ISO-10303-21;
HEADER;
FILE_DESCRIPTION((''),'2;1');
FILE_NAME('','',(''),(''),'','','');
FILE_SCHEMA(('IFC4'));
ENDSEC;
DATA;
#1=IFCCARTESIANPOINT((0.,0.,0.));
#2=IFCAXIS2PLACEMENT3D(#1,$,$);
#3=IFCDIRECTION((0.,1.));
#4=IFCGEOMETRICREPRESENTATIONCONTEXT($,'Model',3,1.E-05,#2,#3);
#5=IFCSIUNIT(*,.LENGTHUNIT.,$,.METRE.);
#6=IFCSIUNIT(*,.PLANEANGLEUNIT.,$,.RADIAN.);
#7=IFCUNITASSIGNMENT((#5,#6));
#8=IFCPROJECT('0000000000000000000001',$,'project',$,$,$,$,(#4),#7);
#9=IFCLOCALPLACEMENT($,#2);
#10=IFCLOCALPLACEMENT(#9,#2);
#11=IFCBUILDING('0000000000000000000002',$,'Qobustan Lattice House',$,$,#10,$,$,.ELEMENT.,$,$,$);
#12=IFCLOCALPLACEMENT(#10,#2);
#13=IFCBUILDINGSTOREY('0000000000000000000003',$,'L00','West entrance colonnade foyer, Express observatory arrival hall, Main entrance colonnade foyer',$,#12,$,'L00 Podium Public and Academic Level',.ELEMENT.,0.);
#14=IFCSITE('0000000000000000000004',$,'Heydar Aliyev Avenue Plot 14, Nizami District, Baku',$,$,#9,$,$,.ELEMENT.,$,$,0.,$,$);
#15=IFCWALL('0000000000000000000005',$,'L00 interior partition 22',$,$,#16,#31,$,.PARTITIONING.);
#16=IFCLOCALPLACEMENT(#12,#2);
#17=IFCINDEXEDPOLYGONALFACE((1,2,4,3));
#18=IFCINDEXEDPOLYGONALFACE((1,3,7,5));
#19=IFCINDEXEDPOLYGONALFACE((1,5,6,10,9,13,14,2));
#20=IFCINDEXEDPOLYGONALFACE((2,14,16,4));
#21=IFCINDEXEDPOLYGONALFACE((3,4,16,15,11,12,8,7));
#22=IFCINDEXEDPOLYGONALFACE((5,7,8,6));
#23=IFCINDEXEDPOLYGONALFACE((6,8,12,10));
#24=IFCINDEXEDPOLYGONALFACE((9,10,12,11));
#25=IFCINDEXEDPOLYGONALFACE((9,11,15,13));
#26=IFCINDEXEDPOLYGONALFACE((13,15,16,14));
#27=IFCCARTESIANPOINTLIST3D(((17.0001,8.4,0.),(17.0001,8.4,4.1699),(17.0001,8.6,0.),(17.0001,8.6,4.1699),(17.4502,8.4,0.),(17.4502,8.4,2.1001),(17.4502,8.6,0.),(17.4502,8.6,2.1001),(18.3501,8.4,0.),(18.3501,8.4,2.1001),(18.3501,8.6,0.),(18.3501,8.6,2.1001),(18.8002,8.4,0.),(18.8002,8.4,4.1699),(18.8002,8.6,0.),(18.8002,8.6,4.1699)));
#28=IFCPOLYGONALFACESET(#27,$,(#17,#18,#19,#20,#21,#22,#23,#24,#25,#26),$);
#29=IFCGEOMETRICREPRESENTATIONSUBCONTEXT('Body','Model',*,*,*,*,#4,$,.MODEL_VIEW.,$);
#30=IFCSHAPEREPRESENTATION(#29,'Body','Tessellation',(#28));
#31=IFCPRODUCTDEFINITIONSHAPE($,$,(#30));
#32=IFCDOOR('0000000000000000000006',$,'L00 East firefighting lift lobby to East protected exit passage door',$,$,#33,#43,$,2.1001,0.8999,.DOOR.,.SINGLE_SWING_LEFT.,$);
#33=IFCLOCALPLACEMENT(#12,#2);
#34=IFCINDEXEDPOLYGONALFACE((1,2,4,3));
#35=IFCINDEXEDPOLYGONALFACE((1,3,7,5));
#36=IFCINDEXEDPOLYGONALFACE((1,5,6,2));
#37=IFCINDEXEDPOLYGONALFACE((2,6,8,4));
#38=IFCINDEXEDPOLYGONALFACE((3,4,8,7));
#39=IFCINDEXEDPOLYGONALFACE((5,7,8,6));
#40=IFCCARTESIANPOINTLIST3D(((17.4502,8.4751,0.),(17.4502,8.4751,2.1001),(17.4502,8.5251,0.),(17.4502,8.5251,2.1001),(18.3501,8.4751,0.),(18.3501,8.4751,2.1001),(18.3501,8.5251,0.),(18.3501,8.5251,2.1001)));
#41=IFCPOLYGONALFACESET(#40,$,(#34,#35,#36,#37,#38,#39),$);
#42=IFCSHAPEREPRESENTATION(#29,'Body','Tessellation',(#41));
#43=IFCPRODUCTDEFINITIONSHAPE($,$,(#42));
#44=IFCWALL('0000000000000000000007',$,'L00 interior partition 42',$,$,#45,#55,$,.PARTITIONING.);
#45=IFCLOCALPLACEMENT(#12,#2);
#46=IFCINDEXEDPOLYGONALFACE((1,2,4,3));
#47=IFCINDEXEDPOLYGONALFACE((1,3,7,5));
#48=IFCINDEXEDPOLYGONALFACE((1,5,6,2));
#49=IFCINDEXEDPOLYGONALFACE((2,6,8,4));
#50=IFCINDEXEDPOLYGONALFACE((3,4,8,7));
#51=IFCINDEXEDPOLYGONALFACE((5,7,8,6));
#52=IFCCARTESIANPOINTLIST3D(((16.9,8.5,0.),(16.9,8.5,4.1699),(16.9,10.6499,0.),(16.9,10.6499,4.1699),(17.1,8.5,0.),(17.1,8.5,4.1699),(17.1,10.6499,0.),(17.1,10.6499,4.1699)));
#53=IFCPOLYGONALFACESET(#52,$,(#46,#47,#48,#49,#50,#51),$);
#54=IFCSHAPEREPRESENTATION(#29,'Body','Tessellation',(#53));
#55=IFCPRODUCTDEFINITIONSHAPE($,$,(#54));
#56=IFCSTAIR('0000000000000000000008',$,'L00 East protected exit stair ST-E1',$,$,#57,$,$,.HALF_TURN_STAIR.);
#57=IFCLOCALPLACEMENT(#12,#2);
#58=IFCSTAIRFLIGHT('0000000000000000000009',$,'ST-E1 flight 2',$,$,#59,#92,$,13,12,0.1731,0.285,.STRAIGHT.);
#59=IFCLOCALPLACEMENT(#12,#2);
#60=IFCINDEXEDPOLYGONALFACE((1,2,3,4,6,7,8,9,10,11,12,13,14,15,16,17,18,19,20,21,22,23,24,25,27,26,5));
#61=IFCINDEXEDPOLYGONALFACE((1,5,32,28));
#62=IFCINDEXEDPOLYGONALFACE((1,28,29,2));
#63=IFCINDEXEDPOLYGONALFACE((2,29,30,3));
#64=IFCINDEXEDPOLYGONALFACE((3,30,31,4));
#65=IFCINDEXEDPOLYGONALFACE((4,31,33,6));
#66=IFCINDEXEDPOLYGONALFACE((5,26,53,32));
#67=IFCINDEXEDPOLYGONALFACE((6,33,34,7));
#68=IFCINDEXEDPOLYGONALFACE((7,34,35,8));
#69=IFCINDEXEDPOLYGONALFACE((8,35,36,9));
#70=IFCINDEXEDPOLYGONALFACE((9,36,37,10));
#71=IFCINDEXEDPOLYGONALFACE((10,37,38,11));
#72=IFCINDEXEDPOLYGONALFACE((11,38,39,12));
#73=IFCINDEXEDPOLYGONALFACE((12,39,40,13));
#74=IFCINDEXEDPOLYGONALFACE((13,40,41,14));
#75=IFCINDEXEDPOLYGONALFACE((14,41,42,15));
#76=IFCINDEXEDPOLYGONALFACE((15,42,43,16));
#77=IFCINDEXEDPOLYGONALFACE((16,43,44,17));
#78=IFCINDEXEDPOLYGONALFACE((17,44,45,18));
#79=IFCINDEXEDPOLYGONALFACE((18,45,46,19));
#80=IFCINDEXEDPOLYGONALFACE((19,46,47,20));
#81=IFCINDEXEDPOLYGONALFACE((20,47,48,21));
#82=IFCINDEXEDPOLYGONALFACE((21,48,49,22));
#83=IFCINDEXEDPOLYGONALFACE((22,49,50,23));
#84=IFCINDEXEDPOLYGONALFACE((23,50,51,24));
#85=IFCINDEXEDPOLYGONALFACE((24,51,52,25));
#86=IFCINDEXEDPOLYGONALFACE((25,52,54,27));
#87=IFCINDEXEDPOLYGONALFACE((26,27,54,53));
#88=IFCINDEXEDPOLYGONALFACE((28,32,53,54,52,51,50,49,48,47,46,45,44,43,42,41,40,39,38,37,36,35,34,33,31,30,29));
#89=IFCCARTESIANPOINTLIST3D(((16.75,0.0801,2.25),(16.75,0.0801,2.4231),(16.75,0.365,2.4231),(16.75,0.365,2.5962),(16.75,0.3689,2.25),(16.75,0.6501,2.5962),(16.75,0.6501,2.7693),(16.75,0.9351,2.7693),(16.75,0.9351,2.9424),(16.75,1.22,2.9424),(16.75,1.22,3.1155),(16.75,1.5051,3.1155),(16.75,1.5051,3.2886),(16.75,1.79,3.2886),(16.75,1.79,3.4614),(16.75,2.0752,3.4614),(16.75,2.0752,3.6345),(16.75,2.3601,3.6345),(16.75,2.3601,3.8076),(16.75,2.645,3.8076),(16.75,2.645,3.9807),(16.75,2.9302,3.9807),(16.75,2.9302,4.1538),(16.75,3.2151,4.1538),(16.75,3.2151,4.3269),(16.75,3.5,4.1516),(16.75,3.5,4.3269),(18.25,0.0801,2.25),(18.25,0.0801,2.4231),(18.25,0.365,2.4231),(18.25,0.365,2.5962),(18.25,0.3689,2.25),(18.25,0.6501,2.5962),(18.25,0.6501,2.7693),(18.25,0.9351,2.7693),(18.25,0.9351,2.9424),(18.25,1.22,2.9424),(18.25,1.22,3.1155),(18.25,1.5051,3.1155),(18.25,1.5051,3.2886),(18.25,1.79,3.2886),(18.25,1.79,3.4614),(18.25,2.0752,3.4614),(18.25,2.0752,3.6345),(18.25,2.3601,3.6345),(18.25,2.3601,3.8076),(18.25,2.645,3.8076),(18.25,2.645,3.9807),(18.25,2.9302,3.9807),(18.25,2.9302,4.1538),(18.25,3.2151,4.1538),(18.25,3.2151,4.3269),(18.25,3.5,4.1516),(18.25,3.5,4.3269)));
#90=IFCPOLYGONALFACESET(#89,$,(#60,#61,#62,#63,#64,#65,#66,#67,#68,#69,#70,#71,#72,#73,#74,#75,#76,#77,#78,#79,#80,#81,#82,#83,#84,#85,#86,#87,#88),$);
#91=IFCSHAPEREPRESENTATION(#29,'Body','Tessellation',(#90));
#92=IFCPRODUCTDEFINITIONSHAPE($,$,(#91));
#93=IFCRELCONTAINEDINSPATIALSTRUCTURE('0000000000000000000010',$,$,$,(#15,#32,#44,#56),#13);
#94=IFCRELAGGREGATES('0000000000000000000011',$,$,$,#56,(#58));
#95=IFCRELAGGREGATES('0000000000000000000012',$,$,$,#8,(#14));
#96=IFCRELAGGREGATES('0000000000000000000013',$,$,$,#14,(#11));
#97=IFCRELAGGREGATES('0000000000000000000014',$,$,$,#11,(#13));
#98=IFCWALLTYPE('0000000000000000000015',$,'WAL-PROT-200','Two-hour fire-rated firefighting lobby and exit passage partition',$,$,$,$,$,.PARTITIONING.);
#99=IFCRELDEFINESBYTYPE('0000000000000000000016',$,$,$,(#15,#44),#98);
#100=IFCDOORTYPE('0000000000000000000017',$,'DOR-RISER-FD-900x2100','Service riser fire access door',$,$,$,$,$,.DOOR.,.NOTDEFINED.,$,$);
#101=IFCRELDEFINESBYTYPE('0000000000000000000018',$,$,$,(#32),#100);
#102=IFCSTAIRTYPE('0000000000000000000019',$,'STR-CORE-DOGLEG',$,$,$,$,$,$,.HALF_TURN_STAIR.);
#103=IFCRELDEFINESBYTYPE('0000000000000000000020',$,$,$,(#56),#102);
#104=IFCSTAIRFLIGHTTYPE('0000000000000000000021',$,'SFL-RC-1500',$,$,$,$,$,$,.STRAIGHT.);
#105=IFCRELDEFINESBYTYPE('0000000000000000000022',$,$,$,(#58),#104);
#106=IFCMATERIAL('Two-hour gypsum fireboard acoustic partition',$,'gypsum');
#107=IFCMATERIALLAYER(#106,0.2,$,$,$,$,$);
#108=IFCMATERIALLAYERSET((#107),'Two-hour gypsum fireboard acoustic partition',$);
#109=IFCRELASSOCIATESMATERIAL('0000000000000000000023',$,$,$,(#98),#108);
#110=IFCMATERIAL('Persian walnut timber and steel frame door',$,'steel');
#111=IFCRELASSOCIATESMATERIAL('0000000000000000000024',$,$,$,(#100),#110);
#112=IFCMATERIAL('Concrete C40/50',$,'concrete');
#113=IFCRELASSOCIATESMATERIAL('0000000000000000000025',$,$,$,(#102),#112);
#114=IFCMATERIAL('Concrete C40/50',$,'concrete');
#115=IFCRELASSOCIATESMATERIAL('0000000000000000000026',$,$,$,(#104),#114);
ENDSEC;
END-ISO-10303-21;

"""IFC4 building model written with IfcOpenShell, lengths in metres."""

from ifc_helpers import new_model, si_unit, direction, frame, frame_2d, origin, place, context, subcontext, project, spatial, polyline, rectangle, outline, extrude, material, layer, layer_set, type_object, element, fill, aggregate, save


model = new_model("IFC4")

# Units and contexts
model_context = context("Model", 3, precision=1e-05, world=origin(), true_north=direction((0.0, 1.0)))
body_context = subcontext(model_context, "Body", "Model", "MODEL_VIEW")
ifc_project = project(units=[si_unit("LENGTHUNIT", "METRE"), si_unit("PLANEANGLEUNIT", "RADIAN")], contexts=[model_context])

# Site, building, storey
site_placement = place(None, origin())
site = spatial("IfcSite", under=ifc_project, at=site_placement, Name="Heydar Aliyev Avenue Plot 14, Nizami District, Baku", CompositionType="ELEMENT", RefElevation=0.0)
building_placement = place(site_placement, origin())
building = spatial("IfcBuilding", under=site, at=building_placement, Name="Qobustan Lattice House", CompositionType="ELEMENT")
storey_placement = place(building_placement, origin())
storey = spatial("IfcBuildingStorey", under=building, at=storey_placement, Name="L00", Description="West entrance colonnade foyer, Express observatory arrival hall, Main entrance colonnade foyer", LongName="L00 Podium Public and Academic Level", CompositionType="ELEMENT", Elevation=0.0)

# Wall, opening, door
ifc_material_1 = material(Name="Two-hour gypsum fireboard acoustic partition", Category="gypsum")
ifc_layer_1 = layer(ifc_material_1, 0.2)
ifc_layer_set_1 = layer_set([ifc_layer_1], Name="Two-hour gypsum fireboard acoustic partition")
wall_type_1 = type_object("IfcWallType", Name="WAL-PROT-200", Description="Two-hour fire-rated firefighting lobby and exit passage partition", PredefinedType="PARTITIONING", material=ifc_layer_set_1)
wall_1_placement = place(storey_placement, frame((18.8, 8.5, 0.0), z_axis=(0.0, 0.0, 1.0), x_axis=(-1.0, 0.0, 0.0)))
wall_1 = element("IfcWall", 1, at=wall_1_placement, inside=storey, type_object=wall_type_1, Name="L00 interior partition 22", PredefinedType="PARTITIONING", context=body_context, shape_type="SweptSolid", body=[
    extrude(rectangle(XDim=1.8, YDim=0.2, at=frame_2d((0.8999, 0.0))), origin(), (0.0, 0.0, 1.0), 4.1699),
])
opening_1_placement = place(wall_1_placement, frame((0.45, 0.0, 0.0)))
opening_1 = element("IfcOpeningElement", 2, at=opening_1_placement, cuts=wall_1, PredefinedType="OPENING", context=body_context, shape_type="SweptSolid", body=[
    extrude(rectangle(XDim=0.8999, YDim=2.1001, at=frame_2d((0.45, 1.05))), frame((0.0, 0.1099, 0.0), z_axis=(0.0, -1.0, 0.0), x_axis=(1.0, 0.0, 0.0)), (0.0, 0.0, 1.0), 0.22),
])
ifc_material_2 = material(Name="Persian walnut timber and steel frame door", Category="steel")
door_type_1 = type_object("IfcDoorType", Name="DOR-RISER-FD-900x2100", Description="Service riser fire access door", OperationType="NOTDEFINED", PredefinedType="DOOR", material=ifc_material_2)
door_1_placement = place(opening_1_placement, origin())
door_1 = element("IfcDoor", 3, at=door_1_placement, inside=storey, type_object=door_type_1, Name="L00 East firefighting lift lobby to East protected exit passage door", OperationType="SINGLE_SWING_LEFT", OverallHeight=2.1001, OverallWidth=0.8999, PredefinedType="DOOR", context=body_context, shape_type="SweptSolid", body=[
    extrude(rectangle(XDim=0.8999, YDim=2.1001, at=frame_2d((0.45, 1.05))), frame((0.0, 0.0249, 0.0), z_axis=(0.0, -1.0, 0.0), x_axis=(1.0, 0.0, 0.0)), (0.0, 0.0, 1.0), 0.05),
])
fill(opening_1, door_1)

# Wall
wall_2_placement = place(storey_placement, frame((17.0, 8.5, 0.0), z_axis=(0.0, 0.0, 1.0), x_axis=(0.0, 1.0, 0.0)))
element("IfcWall", 4, at=wall_2_placement, inside=storey, type_object=wall_type_1, Name="L00 interior partition 42", PredefinedType="PARTITIONING", context=body_context, shape_type="SweptSolid", body=[
    extrude(rectangle(XDim=2.1499, YDim=0.2, at=frame_2d((1.075, 0.0))), origin(), (0.0, 0.0, 1.0), 4.1699),
])

# Stair, stair flight
ifc_material_3 = material(Name="Concrete C40/50", Category="concrete")
stair_type = type_object("IfcStairType", Name="STR-CORE-DOGLEG", PredefinedType="HALF_TURN_STAIR", material=ifc_material_3)
stair_placement = place(storey_placement, origin())
stair = element("IfcStair", 5, at=stair_placement, inside=storey, type_object=stair_type, Name="L00 East protected exit stair ST-E1", PredefinedType="HALF_TURN_STAIR")
ifc_material_4 = material(Name="Concrete C40/50", Category="concrete")
stair_flight_type = type_object("IfcStairFlightType", Name="SFL-RC-1500", PredefinedType="STRAIGHT", material=ifc_material_4)
stair_flight_placement = place(storey_placement, frame((17.5, 0.0801, 2.25), z_axis=(0.0, 0.0, 1.0), x_axis=(0.0, 1.0, 0.0)))
stair_flight = element("IfcStairFlight", 6, at=stair_flight_placement, type_object=stair_flight_type, Name="ST-E1 flight 2", NumberOfRisers=13, NumberOfTreads=12, PredefinedType="STRAIGHT", RiserHeight=0.1731, TreadLength=0.285, context=body_context, shape_type="SweptSolid", body=[
    extrude(outline(polyline([(0.0, 0.0), (0.0, 0.1731), (0.2849, 0.1731), (0.2849, 0.3462), (0.5701, 0.3462), (0.5701, 0.5193), (0.855, 0.5193), (0.855, 0.6924), (1.1399, 0.6924), (1.1399, 0.8655), (1.425, 0.8655), (1.425, 1.0386), (1.71, 1.0386), (1.71, 1.2114), (1.9951, 1.2114), (1.9951, 1.3845), (2.28, 1.3845), (2.28, 1.5576), (2.5649, 1.5576), (2.5649, 1.7307), (2.8501, 1.7307), (2.8501, 1.9038), (3.135, 1.9038), (3.135, 2.0769), (3.4199, 2.0769), (3.4199, 2.25), (3.4199, 1.9016), (0.2888, 0.0), (0.0, 0.0)])), frame((0.0, 0.75, 0.0), z_axis=(0.0, -1.0, 0.0), x_axis=(1.0, 0.0, 0.0)), (0.0, 0.0, 1.0), 1.5),
])
aggregate(stair, [stair_flight])

save(model, "model.ifc")
